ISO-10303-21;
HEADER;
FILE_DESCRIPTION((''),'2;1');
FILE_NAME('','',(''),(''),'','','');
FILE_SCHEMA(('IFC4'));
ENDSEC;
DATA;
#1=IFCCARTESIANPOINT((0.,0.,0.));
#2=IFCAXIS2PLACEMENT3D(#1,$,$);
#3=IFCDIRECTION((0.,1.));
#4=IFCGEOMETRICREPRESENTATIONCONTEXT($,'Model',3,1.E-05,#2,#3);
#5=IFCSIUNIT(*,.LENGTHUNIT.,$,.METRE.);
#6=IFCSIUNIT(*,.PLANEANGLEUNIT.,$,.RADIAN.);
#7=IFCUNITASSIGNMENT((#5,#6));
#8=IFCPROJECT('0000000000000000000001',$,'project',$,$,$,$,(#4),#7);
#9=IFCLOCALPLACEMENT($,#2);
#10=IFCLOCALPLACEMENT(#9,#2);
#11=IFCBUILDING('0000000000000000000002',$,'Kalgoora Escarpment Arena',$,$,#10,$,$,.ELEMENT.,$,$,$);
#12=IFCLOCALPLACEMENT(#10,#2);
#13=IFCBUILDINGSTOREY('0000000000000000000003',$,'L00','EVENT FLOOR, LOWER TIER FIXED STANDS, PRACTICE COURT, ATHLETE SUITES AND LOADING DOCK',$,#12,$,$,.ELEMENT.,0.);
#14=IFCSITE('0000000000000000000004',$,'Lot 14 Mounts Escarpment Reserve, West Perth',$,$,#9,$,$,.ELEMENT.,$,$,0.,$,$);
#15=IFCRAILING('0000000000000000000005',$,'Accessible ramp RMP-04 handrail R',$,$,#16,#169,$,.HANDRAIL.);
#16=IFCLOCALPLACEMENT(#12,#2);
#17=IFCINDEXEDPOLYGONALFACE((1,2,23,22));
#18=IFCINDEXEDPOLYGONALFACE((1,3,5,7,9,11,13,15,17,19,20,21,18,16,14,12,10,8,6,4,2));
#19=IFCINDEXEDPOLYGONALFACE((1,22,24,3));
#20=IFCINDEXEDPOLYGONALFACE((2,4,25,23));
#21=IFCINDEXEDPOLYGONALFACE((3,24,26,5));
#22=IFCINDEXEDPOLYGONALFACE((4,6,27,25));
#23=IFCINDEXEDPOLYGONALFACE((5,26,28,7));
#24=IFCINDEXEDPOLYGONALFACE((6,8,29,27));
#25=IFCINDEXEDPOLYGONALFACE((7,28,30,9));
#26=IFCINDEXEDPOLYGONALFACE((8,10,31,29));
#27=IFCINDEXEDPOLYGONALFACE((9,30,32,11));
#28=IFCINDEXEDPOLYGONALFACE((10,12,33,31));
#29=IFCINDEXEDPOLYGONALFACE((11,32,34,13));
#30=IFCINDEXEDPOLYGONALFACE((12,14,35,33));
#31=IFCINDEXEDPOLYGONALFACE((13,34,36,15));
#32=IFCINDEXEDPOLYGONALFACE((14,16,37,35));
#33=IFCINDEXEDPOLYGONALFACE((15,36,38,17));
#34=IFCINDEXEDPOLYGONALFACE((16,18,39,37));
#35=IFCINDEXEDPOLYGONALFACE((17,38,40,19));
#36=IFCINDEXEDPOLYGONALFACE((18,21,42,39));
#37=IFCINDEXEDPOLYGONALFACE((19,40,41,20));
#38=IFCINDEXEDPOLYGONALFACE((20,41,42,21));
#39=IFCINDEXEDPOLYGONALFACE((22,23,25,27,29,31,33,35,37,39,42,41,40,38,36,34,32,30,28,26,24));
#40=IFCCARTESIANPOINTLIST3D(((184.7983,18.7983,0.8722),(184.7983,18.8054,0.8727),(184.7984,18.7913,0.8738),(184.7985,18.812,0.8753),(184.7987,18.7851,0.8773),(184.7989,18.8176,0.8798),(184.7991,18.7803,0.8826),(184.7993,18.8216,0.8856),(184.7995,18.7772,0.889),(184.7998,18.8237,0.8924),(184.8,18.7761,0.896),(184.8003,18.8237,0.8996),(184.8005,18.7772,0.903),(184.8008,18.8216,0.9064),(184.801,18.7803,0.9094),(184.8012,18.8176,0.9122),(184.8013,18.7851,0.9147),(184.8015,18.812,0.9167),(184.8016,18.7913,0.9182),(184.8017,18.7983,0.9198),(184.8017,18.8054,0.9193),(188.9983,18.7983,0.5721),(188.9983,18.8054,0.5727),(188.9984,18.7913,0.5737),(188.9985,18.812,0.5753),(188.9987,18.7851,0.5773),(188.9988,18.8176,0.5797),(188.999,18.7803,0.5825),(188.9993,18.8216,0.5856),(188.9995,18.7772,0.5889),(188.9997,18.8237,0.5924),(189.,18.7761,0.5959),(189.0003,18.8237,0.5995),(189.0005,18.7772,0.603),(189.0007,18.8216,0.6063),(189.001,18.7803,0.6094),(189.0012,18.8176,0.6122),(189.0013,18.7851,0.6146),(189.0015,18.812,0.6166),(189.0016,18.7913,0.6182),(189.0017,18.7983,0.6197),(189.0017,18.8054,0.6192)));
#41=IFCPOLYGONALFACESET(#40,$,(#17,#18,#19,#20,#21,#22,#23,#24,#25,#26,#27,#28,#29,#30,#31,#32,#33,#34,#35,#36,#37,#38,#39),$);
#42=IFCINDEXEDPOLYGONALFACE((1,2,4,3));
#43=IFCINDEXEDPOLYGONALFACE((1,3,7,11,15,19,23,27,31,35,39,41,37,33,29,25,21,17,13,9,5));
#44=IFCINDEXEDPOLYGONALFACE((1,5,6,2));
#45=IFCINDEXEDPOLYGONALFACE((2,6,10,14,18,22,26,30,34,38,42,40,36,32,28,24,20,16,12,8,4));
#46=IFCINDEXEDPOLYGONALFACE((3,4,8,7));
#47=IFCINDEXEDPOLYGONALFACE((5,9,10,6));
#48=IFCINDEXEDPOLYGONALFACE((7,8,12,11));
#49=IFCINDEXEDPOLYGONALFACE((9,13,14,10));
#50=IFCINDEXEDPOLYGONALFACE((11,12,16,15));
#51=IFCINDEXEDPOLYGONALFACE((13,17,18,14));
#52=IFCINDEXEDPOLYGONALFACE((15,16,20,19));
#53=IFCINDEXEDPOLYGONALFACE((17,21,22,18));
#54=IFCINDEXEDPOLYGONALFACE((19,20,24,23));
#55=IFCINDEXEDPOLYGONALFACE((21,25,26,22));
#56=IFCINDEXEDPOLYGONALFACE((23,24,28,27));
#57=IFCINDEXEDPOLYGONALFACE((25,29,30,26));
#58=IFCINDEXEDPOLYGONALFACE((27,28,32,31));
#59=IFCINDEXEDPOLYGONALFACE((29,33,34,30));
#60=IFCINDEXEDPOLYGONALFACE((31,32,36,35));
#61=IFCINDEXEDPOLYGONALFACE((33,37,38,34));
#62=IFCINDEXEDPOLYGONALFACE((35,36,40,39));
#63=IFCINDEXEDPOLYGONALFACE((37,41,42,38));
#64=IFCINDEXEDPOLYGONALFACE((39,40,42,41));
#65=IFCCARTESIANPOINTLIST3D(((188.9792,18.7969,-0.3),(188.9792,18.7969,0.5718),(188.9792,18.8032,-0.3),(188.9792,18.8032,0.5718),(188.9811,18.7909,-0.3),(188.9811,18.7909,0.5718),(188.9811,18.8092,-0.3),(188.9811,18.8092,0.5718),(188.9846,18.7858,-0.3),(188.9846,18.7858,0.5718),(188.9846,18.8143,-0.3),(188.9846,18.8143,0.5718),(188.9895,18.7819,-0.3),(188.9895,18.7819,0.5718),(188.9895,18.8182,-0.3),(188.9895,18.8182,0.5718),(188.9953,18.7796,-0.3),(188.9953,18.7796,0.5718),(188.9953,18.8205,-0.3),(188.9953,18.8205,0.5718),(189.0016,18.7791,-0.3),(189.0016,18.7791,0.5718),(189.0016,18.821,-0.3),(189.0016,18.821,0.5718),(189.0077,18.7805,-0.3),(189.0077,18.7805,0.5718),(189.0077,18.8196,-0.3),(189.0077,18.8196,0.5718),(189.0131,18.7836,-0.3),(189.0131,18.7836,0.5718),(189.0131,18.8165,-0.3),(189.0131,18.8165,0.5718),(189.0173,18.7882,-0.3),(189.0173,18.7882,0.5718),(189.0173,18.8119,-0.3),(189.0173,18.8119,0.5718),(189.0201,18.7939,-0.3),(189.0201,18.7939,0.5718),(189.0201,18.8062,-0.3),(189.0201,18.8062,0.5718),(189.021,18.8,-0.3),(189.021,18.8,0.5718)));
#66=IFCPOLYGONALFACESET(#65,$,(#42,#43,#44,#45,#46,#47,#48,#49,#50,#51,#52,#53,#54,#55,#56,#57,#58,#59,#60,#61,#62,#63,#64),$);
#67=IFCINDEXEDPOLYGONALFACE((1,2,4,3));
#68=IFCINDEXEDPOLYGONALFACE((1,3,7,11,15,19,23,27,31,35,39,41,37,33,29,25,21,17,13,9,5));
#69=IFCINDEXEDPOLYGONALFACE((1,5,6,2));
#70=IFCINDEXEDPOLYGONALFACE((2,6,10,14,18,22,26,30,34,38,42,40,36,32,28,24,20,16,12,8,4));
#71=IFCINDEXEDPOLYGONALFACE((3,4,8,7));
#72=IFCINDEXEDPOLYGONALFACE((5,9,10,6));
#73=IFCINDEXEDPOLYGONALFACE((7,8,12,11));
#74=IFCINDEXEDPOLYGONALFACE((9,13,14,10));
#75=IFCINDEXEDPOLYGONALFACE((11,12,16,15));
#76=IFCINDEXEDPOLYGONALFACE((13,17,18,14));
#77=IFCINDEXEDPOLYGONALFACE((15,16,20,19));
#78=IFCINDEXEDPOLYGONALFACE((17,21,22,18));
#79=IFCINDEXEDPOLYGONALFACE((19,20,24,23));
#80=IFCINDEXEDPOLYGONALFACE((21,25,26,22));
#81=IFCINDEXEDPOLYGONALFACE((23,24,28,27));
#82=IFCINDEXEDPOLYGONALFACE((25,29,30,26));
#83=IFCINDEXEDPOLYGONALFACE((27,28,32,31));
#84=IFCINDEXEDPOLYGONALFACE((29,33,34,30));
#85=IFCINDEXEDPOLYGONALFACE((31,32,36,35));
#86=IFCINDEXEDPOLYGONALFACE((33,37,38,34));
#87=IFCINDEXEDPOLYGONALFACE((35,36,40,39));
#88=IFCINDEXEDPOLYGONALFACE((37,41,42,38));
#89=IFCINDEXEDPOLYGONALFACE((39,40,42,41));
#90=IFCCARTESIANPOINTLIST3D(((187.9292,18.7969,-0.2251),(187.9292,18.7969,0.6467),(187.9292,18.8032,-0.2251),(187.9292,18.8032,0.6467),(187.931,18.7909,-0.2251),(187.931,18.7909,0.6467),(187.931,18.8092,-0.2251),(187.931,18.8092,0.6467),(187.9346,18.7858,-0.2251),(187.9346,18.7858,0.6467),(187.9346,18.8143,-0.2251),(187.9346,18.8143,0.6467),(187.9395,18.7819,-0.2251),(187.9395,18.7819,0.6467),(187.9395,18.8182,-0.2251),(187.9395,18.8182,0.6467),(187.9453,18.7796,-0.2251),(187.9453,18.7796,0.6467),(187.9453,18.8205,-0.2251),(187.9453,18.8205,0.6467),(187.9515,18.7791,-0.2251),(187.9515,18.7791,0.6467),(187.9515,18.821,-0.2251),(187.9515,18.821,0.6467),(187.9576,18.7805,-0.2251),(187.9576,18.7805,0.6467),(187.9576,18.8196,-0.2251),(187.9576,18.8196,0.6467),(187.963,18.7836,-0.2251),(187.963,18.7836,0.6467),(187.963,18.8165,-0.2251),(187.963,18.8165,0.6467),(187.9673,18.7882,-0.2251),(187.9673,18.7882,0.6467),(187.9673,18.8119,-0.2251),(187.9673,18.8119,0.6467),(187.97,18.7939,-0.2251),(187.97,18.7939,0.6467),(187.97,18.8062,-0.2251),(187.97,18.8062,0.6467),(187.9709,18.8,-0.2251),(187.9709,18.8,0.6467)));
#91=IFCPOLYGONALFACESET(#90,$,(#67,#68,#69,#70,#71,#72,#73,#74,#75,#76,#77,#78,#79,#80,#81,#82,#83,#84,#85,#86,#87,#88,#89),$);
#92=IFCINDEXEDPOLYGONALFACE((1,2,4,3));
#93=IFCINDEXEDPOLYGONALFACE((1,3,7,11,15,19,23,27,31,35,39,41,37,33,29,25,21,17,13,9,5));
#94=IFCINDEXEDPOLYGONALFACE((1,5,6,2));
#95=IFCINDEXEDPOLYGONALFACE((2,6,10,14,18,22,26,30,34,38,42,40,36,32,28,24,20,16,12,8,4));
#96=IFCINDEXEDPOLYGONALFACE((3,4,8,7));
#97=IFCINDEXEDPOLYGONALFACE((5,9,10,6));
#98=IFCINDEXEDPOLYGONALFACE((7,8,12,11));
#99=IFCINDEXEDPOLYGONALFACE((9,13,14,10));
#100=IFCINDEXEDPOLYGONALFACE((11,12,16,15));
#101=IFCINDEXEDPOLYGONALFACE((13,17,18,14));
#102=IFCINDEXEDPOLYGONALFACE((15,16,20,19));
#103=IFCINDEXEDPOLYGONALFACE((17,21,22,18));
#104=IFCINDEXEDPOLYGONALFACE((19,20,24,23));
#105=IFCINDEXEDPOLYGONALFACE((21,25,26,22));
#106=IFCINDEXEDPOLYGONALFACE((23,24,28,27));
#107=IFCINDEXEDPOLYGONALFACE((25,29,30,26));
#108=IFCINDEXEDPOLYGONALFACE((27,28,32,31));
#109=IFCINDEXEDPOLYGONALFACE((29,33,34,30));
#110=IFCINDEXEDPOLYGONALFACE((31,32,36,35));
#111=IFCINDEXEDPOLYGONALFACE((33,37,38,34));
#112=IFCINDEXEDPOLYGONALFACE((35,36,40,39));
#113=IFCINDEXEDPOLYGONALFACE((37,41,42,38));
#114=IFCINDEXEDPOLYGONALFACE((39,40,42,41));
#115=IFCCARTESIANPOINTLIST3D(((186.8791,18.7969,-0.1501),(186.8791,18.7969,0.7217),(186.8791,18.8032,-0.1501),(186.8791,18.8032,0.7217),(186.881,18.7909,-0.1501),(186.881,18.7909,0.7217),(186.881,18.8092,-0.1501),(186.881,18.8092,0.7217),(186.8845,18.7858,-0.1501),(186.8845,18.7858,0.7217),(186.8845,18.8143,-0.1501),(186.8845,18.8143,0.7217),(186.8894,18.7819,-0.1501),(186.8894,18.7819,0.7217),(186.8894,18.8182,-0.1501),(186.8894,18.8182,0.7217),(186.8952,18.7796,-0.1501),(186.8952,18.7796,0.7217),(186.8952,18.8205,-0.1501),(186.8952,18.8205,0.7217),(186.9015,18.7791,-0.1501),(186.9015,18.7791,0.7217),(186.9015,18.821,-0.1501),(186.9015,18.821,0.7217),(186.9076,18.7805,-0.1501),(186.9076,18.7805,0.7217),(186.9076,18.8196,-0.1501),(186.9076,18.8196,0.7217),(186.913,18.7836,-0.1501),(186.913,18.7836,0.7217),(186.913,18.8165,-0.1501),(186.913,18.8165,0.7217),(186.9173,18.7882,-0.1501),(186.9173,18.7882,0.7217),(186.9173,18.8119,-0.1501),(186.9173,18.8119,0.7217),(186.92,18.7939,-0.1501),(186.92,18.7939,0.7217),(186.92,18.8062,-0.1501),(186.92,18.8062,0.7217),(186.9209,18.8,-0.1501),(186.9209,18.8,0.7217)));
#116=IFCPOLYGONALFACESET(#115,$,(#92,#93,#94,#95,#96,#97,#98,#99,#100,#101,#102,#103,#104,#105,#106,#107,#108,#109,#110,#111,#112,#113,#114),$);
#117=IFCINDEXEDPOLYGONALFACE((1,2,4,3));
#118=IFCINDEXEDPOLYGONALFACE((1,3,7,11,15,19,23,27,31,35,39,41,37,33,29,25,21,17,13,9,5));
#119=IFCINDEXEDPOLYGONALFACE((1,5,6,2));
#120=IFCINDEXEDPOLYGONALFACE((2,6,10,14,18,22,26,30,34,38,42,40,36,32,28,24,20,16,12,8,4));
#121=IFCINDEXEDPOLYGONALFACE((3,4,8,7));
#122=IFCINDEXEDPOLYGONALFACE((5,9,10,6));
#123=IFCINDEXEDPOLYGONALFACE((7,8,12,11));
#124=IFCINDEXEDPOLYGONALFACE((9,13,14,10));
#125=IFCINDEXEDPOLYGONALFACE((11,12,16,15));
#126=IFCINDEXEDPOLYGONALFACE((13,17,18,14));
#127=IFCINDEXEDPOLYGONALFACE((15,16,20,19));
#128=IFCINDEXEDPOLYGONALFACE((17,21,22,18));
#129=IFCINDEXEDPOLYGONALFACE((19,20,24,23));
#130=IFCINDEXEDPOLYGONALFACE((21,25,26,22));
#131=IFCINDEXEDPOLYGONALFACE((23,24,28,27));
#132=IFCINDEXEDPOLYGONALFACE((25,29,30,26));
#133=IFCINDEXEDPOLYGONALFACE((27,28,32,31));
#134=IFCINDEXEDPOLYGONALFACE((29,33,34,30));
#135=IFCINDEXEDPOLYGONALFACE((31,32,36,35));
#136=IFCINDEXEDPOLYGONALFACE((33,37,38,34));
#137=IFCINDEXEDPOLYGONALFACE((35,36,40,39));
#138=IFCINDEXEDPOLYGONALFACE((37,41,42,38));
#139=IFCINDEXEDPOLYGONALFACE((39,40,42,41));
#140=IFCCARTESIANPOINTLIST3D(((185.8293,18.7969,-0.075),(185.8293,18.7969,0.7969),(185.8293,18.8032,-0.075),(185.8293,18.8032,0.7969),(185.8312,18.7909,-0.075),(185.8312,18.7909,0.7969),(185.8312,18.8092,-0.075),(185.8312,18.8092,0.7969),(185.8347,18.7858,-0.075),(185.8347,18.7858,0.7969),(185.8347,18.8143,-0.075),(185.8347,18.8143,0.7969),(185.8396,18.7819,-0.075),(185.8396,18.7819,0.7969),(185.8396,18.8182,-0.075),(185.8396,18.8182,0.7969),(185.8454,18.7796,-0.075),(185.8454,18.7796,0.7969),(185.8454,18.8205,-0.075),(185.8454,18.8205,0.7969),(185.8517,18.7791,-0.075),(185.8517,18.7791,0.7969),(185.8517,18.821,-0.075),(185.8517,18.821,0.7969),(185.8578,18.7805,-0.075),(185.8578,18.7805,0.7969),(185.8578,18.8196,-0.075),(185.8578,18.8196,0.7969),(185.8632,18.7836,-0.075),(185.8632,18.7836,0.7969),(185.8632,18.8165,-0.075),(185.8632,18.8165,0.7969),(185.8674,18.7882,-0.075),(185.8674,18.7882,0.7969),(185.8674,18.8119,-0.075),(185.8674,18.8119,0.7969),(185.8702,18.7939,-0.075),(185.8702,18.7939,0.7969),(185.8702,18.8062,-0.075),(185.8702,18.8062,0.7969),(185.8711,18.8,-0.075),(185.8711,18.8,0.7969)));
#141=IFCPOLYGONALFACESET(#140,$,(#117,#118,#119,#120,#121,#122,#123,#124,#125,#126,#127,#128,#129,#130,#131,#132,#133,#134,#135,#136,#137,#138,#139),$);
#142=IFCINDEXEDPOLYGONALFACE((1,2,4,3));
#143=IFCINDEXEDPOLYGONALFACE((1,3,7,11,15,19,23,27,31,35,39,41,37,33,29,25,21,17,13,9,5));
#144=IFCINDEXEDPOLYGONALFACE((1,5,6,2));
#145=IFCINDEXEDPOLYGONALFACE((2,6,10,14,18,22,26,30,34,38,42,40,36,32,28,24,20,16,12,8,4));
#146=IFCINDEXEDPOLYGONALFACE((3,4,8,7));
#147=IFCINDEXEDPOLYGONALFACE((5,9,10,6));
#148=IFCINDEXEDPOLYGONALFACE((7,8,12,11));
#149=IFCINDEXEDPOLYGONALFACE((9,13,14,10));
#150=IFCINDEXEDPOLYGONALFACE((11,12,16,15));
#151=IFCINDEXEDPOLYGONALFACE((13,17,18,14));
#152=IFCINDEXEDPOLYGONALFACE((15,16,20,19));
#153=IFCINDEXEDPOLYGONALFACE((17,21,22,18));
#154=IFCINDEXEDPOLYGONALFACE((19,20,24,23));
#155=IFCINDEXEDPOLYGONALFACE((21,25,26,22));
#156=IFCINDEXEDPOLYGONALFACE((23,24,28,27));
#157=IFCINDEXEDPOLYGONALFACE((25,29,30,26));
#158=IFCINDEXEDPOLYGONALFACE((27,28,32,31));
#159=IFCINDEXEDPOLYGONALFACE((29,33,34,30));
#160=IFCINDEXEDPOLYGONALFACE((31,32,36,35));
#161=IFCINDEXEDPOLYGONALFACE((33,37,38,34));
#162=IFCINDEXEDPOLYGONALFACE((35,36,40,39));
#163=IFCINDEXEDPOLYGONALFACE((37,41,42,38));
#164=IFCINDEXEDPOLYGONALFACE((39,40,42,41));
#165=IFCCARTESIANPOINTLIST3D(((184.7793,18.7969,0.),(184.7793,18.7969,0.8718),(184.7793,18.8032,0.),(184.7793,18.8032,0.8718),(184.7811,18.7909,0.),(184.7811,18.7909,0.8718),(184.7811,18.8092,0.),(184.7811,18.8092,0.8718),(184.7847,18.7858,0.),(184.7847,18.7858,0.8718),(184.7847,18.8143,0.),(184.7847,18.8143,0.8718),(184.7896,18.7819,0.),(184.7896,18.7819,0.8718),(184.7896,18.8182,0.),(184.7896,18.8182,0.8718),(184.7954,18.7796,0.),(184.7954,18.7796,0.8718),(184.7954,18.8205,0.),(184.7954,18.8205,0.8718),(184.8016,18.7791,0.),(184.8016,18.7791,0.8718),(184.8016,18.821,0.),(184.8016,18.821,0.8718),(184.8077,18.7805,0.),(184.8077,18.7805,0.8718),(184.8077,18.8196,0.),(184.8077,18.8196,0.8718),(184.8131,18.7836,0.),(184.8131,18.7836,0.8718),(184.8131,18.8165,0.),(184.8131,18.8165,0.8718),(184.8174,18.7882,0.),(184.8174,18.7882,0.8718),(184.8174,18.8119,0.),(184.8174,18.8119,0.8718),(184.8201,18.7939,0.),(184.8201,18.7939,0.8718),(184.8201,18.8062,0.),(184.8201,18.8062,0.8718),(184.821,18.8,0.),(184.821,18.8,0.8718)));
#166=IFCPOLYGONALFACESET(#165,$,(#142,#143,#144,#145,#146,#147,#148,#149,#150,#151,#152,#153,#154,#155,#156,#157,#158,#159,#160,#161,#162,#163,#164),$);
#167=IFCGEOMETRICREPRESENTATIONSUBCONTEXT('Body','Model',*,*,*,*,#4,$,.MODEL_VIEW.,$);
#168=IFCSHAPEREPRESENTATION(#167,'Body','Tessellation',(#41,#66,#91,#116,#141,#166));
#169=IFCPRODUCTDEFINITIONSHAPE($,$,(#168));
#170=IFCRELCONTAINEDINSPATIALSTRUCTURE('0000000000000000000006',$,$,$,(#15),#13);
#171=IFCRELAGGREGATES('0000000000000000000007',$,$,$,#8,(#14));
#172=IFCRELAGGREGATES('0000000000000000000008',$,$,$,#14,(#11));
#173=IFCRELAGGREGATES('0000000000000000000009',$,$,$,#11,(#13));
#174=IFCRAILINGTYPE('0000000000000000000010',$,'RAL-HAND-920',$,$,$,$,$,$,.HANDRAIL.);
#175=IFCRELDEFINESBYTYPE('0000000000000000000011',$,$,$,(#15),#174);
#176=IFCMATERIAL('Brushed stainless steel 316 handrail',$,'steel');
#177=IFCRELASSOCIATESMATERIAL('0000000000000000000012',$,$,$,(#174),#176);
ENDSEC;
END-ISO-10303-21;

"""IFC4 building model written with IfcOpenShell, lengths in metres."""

from ifc_helpers import new_model, si_unit, direction, frame, origin, origin_2d, place, context, subcontext, project, spatial, circle, extrude, material, type_object, element, save


model = new_model("IFC4")

# Units and contexts
model_context = context("Model", 3, precision=1e-05, world=origin(), true_north=direction((0.0, 1.0)))
body_context = subcontext(model_context, "Body", "Model", "MODEL_VIEW")
ifc_project = project(units=[si_unit("LENGTHUNIT", "METRE"), si_unit("PLANEANGLEUNIT", "RADIAN")], contexts=[model_context])

# Site, building, storey
site_placement = place(None, origin())
site = spatial("IfcSite", under=ifc_project, at=site_placement, Name="Lot 14 Mounts Escarpment Reserve, West Perth", CompositionType="ELEMENT", RefElevation=0.0)
building_placement = place(site_placement, origin())
building = spatial("IfcBuilding", under=site, at=building_placement, Name="Kalgoora Escarpment Arena", CompositionType="ELEMENT")
storey_placement = place(building_placement, origin())
storey = spatial("IfcBuildingStorey", under=building, at=storey_placement, Name="L00", Description="EVENT FLOOR, LOWER TIER FIXED STANDS, PRACTICE COURT, ATHLETE SUITES AND LOADING DOCK", CompositionType="ELEMENT", Elevation=0.0)

# Railing
ifc_material_1 = material(Name="Brushed stainless steel 316 handrail", Category="steel")
railing_type = type_object("IfcRailingType", Name="RAL-HAND-920", PredefinedType="HANDRAIL", material=ifc_material_1)
for number, where, name in (
    (1, (189.0, 18.8, -0.3), "Accessible ramp RMP-04 handrail R"),
):
    element("IfcRailing", number, at=place(storey_placement, frame(where)), inside=storey, type_object=railing_type, Name=name, PredefinedType="HANDRAIL", context=body_context, shape_type="SweptSolid", body=[
        extrude(circle(Radius=0.0239, at=origin_2d()), frame((0.0, 0.0, 0.896), z_axis=(-0.997458, 0.0, 0.071259), x_axis=(0.0, -1.0, 0.0)), (0.0, 0.0, 1.0), 4.2107),
        extrude(circle(Radius=0.021, at=origin_2d()), origin(), (0.0, 0.0, 1.0), 0.8718),
        extrude(circle(Radius=0.021, at=origin_2d()), frame((-1.05, 0.0, 0.075)), (0.0, 0.0, 1.0), 0.8718),
        extrude(circle(Radius=0.021, at=origin_2d()), frame((-2.1001, 0.0, 0.1499)), (0.0, 0.0, 1.0), 0.8718),
        extrude(circle(Radius=0.021, at=origin_2d()), frame((-3.1499, 0.0, 0.2251)), (0.0, 0.0, 1.0), 0.8718),
        extrude(circle(Radius=0.021, at=origin_2d()), frame((-4.2, 0.0, 0.3)), (0.0, 0.0, 1.0), 0.8718),
    ])

save(model, "model.ifc")
